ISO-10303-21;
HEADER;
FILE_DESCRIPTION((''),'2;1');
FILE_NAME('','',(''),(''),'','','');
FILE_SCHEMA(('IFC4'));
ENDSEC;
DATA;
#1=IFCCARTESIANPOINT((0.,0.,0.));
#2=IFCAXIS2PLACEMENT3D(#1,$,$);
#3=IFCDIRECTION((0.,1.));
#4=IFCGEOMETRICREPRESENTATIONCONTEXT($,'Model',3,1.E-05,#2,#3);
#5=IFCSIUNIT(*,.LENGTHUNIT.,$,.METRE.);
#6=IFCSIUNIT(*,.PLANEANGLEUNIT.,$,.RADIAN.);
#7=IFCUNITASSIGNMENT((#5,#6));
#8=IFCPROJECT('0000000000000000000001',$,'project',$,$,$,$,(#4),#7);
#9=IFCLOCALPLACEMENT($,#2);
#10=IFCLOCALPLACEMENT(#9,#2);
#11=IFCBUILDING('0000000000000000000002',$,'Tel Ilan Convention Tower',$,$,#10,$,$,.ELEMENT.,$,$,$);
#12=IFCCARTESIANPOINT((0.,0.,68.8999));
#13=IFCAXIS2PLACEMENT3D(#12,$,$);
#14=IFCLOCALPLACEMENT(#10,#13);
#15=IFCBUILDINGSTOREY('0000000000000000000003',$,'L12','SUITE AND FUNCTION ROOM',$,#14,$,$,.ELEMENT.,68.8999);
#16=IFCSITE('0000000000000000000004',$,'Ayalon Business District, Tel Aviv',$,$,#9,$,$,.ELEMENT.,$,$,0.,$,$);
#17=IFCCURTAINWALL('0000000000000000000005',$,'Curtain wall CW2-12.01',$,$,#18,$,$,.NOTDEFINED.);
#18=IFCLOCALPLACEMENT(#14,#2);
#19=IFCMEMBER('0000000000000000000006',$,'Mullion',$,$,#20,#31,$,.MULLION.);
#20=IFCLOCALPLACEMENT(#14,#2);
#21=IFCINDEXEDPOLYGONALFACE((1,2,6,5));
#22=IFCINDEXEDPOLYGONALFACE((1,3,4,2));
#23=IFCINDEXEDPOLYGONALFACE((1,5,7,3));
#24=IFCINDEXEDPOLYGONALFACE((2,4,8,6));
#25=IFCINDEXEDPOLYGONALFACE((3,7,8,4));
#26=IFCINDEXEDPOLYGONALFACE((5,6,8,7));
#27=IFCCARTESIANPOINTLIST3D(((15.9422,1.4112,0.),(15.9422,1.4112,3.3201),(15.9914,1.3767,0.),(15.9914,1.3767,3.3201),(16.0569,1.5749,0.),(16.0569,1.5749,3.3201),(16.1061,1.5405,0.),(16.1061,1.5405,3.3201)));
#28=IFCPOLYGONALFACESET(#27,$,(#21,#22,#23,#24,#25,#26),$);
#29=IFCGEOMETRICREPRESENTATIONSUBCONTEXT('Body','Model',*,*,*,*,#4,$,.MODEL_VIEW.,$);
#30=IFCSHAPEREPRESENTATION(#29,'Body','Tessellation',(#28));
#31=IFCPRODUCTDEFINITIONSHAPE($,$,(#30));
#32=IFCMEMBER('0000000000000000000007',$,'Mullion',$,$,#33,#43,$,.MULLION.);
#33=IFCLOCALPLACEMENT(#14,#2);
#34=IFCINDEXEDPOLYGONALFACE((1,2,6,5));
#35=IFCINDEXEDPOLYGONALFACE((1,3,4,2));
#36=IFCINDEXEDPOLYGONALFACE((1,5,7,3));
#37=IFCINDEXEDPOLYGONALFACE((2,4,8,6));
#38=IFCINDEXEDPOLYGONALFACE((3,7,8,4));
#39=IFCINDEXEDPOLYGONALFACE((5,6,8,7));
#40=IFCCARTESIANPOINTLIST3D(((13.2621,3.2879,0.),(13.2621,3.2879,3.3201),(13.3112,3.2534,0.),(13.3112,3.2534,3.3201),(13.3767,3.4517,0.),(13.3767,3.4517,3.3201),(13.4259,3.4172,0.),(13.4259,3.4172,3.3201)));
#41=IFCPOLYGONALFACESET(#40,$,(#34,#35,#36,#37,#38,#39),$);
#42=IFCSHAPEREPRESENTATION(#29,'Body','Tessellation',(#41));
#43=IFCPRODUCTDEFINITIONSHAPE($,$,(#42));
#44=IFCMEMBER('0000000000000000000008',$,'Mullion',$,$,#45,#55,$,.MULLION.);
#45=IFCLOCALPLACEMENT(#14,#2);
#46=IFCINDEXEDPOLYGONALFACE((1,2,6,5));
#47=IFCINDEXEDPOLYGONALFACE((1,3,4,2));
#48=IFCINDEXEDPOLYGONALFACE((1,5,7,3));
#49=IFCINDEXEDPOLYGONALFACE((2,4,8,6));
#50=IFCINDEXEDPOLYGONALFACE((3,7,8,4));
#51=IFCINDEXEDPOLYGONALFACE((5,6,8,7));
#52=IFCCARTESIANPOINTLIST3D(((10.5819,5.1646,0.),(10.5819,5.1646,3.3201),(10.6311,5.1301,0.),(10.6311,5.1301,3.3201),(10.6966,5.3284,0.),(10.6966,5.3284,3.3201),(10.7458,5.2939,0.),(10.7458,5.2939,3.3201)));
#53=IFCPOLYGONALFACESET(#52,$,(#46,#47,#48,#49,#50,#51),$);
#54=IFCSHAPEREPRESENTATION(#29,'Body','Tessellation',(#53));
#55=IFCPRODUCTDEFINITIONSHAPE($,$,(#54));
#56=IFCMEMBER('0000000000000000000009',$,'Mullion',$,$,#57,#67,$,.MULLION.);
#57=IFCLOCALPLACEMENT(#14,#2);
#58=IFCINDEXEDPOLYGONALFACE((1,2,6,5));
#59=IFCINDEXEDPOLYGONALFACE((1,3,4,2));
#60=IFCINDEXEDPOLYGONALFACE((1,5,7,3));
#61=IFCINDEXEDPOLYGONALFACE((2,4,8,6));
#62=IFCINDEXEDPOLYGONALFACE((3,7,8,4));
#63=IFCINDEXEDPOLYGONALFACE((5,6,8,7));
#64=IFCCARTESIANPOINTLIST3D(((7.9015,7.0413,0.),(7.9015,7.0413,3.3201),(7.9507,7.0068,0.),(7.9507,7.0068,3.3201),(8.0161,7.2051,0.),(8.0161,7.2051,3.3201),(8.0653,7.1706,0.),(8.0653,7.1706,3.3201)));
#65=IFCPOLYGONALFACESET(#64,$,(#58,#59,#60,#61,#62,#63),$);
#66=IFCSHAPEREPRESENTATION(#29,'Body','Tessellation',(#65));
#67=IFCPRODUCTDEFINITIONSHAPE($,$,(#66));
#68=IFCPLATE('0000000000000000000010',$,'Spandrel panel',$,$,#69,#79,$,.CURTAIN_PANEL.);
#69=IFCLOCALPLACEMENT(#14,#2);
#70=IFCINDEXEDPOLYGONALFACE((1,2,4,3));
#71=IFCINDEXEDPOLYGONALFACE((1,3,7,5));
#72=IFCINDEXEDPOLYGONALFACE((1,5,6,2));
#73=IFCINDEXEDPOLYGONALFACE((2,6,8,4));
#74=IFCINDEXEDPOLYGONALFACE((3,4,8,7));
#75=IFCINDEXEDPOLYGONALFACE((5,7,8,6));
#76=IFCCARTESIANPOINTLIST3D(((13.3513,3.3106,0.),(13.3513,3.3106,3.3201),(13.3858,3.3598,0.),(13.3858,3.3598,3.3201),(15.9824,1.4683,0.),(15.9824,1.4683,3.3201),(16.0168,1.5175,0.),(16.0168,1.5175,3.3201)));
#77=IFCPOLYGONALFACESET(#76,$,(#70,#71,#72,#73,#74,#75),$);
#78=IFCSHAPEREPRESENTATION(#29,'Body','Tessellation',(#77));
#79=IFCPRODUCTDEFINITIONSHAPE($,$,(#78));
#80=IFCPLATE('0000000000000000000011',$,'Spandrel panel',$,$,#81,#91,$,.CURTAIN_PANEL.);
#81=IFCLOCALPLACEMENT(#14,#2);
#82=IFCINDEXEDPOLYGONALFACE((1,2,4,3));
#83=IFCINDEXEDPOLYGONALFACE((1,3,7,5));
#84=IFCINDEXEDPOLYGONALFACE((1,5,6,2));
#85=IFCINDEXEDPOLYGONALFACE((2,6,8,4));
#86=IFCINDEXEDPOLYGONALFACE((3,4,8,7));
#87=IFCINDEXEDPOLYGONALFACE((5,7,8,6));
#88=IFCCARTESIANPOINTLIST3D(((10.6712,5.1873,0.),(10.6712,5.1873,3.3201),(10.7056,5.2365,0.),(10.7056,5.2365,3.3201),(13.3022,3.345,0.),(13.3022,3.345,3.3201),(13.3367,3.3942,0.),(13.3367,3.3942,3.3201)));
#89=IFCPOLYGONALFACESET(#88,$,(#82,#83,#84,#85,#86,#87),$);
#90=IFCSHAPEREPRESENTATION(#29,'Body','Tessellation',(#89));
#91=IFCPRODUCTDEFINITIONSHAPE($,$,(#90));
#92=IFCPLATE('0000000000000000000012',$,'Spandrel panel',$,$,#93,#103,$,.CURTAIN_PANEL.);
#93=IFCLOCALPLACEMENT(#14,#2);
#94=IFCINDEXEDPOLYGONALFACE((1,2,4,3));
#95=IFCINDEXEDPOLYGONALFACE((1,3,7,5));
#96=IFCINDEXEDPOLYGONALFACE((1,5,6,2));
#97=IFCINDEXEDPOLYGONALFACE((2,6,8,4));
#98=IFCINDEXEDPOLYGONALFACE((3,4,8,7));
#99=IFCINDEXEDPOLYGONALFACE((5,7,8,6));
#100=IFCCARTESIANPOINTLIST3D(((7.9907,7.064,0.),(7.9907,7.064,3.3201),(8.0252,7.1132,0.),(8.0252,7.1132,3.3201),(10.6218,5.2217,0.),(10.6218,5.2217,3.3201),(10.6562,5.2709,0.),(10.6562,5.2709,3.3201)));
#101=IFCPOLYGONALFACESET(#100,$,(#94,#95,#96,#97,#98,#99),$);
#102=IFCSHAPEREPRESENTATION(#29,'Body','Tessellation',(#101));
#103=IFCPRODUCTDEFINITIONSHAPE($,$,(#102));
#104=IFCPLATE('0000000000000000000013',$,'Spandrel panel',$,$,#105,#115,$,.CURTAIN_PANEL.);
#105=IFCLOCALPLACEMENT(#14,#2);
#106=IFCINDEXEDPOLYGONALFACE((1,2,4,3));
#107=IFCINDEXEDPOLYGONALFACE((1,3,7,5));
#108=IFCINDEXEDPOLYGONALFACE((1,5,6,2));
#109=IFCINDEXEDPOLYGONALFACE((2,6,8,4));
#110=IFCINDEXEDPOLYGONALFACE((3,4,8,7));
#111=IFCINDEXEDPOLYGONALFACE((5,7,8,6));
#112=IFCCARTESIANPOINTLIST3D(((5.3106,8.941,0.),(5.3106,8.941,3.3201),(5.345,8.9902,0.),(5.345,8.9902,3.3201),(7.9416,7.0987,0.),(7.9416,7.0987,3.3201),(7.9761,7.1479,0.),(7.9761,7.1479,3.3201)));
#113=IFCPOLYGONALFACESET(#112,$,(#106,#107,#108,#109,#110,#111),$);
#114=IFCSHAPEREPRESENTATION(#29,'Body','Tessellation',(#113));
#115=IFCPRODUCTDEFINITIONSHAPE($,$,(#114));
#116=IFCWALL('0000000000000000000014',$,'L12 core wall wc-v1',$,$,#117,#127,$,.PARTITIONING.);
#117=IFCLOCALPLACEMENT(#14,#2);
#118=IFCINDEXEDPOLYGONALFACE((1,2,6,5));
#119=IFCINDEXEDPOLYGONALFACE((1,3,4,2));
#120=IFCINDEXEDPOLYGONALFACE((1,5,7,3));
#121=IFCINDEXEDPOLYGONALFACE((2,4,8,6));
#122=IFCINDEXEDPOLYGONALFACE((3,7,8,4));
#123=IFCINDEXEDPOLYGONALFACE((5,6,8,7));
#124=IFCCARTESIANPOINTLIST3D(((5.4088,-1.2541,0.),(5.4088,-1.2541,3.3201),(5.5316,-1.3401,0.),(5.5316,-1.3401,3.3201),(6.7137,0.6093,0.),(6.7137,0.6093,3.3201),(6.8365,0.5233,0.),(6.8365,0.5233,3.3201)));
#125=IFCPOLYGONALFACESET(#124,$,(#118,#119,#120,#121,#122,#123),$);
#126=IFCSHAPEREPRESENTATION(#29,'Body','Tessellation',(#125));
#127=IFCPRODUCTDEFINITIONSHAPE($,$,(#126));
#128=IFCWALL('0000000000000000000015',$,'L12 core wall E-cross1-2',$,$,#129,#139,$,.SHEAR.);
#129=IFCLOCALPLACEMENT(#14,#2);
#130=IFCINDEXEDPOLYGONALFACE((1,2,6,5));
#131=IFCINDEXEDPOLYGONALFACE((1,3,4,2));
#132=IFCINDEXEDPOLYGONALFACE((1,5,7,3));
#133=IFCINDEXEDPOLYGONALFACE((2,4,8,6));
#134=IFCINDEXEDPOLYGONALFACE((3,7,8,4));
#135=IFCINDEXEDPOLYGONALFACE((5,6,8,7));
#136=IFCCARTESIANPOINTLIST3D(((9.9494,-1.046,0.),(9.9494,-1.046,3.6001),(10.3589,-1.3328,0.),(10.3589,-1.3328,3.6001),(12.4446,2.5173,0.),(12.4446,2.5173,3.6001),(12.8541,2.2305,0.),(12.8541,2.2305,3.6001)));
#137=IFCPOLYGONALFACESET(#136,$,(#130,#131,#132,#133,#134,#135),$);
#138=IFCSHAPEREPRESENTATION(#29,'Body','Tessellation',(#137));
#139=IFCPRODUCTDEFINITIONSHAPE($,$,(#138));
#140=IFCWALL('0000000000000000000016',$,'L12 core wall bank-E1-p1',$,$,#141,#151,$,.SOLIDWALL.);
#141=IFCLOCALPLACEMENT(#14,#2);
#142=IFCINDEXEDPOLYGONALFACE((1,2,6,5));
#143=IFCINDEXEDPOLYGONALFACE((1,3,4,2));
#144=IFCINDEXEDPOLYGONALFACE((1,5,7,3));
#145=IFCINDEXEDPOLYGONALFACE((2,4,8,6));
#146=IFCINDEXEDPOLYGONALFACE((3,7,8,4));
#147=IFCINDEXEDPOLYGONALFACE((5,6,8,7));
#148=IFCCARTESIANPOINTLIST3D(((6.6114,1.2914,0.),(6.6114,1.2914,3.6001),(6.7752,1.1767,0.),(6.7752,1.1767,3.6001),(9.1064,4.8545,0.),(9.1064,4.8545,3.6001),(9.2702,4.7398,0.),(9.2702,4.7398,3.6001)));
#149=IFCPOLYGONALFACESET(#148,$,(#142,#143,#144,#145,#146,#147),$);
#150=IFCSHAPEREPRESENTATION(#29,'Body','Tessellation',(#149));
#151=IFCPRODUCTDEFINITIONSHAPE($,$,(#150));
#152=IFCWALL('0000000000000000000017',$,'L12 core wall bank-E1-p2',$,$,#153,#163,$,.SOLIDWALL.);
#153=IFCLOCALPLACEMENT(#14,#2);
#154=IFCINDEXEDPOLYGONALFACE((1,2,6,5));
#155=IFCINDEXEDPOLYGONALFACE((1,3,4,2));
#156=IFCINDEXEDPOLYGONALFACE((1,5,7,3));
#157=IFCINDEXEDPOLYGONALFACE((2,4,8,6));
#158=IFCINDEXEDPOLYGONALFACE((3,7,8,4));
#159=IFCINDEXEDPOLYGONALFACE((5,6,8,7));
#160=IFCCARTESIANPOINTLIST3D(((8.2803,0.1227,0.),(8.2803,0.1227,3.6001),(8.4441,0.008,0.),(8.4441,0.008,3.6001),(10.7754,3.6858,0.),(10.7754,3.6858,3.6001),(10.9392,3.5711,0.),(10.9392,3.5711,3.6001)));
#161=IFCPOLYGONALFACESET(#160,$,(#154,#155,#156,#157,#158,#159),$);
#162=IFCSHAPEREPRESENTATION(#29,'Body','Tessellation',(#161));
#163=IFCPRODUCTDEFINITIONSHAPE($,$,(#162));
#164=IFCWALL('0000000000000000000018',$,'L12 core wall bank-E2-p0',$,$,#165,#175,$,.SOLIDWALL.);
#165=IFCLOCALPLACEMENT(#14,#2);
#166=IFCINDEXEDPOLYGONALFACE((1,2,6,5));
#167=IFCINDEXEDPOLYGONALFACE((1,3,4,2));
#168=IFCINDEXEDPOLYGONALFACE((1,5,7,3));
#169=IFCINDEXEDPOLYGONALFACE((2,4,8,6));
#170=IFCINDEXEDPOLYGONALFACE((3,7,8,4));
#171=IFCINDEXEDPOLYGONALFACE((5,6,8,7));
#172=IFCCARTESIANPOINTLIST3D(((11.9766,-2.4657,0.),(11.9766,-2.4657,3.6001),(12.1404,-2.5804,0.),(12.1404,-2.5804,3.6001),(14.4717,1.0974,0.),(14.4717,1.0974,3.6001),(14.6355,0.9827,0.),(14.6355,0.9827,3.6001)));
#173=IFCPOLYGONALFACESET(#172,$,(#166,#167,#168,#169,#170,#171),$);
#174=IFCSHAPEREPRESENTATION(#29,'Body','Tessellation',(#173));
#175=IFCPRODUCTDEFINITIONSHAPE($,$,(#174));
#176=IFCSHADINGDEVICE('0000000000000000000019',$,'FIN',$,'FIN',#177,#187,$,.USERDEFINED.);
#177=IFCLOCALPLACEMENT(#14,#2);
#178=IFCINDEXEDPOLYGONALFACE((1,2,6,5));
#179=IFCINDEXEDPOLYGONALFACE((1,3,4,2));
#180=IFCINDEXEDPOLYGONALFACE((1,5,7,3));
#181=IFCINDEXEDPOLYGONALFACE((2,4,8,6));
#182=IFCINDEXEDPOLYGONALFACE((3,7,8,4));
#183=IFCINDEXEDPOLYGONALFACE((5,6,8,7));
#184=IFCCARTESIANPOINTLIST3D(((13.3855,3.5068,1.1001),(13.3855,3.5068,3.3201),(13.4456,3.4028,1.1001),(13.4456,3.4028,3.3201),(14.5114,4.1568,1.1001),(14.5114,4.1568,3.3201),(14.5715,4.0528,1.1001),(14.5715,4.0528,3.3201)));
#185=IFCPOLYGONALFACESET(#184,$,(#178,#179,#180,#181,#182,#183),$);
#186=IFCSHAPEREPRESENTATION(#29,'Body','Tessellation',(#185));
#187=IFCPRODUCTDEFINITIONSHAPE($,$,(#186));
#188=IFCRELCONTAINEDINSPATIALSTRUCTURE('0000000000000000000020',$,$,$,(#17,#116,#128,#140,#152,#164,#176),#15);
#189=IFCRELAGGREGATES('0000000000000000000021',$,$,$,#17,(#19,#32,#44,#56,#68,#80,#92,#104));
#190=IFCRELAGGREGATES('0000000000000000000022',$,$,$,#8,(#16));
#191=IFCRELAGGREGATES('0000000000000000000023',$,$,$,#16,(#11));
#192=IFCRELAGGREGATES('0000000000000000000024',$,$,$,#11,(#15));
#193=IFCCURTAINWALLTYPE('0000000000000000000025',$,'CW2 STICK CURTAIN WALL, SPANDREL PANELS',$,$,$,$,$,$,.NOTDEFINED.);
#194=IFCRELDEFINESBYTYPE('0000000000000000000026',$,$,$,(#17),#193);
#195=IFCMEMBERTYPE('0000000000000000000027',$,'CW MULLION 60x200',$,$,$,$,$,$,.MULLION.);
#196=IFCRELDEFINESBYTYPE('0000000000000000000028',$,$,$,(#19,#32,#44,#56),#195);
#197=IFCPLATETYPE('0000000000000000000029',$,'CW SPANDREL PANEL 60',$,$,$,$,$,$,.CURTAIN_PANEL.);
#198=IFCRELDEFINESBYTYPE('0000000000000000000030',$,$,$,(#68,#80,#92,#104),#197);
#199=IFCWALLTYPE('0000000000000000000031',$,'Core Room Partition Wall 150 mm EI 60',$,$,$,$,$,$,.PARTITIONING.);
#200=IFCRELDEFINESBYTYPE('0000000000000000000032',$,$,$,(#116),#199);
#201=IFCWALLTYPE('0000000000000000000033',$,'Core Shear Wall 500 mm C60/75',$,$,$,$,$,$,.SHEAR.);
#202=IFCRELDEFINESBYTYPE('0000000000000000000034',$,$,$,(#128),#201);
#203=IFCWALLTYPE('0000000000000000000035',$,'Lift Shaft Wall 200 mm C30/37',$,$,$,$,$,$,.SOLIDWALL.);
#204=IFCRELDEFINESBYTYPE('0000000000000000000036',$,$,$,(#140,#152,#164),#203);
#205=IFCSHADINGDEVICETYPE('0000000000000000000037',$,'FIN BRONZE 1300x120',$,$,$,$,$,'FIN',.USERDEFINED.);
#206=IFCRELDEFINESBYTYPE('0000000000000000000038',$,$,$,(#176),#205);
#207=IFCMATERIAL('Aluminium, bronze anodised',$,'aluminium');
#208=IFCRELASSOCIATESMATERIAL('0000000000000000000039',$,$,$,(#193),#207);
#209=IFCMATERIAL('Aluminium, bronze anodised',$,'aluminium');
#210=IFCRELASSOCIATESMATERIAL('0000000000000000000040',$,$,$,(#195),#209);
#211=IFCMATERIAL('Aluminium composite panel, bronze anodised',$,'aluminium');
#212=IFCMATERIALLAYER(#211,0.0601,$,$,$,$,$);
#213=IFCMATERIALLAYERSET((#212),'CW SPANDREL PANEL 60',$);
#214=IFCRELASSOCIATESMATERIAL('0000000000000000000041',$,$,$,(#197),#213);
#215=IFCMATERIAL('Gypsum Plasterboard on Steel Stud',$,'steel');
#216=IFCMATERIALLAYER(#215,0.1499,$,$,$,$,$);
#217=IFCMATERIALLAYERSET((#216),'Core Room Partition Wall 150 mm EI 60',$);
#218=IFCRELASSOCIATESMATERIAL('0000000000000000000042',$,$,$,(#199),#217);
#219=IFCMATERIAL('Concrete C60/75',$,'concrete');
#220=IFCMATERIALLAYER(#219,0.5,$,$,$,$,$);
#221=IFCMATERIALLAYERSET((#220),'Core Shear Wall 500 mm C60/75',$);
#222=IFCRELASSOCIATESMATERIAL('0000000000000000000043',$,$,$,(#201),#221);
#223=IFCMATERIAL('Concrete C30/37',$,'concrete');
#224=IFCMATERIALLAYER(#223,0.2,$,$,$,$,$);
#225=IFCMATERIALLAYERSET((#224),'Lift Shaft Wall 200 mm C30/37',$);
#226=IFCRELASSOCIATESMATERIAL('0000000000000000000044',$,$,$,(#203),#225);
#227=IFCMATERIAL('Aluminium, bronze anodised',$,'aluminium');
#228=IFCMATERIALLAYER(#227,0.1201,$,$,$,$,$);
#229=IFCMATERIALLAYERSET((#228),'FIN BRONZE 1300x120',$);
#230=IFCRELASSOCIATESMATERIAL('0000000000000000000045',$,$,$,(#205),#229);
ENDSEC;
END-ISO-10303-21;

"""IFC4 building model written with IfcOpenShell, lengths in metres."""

from ifc_helpers import new_model, si_unit, direction, frame, frame_2d, origin, origin_2d, place, context, subcontext, project, spatial, polyline, rectangle, outline, extrude, material, layer, layer_set, material_profile, profile_set, type_object, element, aggregate, save


model = new_model("IFC4")

# Units and contexts
model_context = context("Model", 3, precision=1e-05, world=origin(), true_north=direction((0.0, 1.0)))
body_context = subcontext(model_context, "Body", "Model", "MODEL_VIEW")
ifc_project = project(units=[si_unit("LENGTHUNIT", "METRE"), si_unit("PLANEANGLEUNIT", "RADIAN")], contexts=[model_context])

# Site, building, storey
site_placement = place(None, origin())
site = spatial("IfcSite", under=ifc_project, at=site_placement, Name="Ayalon Business District, Tel Aviv", CompositionType="ELEMENT", RefElevation=0.0)
building_placement = place(site_placement, origin())
building = spatial("IfcBuilding", under=site, at=building_placement, Name="Tel Ilan Convention Tower", CompositionType="ELEMENT")
storey_placement = place(building_placement, frame((0.0, 0.0, 68.8999)))
storey = spatial("IfcBuildingStorey", under=building, at=storey_placement, Name="L12", Description="SUITE AND FUNCTION ROOM", CompositionType="ELEMENT", Elevation=68.8999)

# Curtain wall, members, plates
ifc_material_1 = material(Name="Aluminium, bronze anodised", Category="aluminium")
curtain_wall_type = type_object("IfcCurtainWallType", Name="CW2 STICK CURTAIN WALL, SPANDREL PANELS", PredefinedType="NOTDEFINED", material=ifc_material_1)
curtain_wall_placement = place(storey_placement, origin())
curtain_wall = element("IfcCurtainWall", 1, at=curtain_wall_placement, inside=storey, type_object=curtain_wall_type, Name="Curtain wall CW2-12.01", PredefinedType="NOTDEFINED")
ifc_material_2 = material(Name="Aluminium, bronze anodised", Category="aluminium")
ifc_material_profile = material_profile(ifc_material_2, rectangle(XDim=0.0601, YDim=0.2, at=origin_2d()), Name="CW MULLION 60x200")
ifc_profile_set = profile_set([ifc_material_profile], Name="Aluminium, bronze anodised")
member_type = type_object("IfcMemberType", Name="CW MULLION 60x200", PredefinedType="MULLION", material=ifc_profile_set)
member_1_placement = place(storey_placement, frame((16.0242, 1.4758, 0.0), z_axis=(0.0, 0.0, 1.0), x_axis=(-0.819152, 0.573576, 0.0)))
member_1 = element("IfcMember", 2, at=member_1_placement, type_object=member_type, Name="Mullion", PredefinedType="MULLION", context=body_context, shape_type="SweptSolid", body=[
    extrude(rectangle(XDim=0.0601, YDim=0.2, at=origin_2d()), origin(), (0.0, 0.0, 1.0), 3.3201),
])
member_2_placement = place(storey_placement, frame((13.344, 3.3525, 0.0), z_axis=(0.0, 0.0, 1.0), x_axis=(-0.819152, 0.573576, 0.0)))
member_2 = element("IfcMember", 3, at=member_2_placement, type_object=member_type, Name="Mullion", PredefinedType="MULLION", context=body_context, shape_type="SweptSolid", body=[
    extrude(rectangle(XDim=0.0601, YDim=0.2, at=origin_2d()), origin(), (0.0, 0.0, 1.0), 3.3201),
])
member_3_placement = place(storey_placement, frame((10.6638, 5.2292, 0.0), z_axis=(0.0, 0.0, 1.0), x_axis=(-0.819152, 0.573576, 0.0)))
member_3 = element("IfcMember", 4, at=member_3_placement, type_object=member_type, Name="Mullion", PredefinedType="MULLION", context=body_context, shape_type="SweptSolid", body=[
    extrude(rectangle(XDim=0.0601, YDim=0.2, at=origin_2d()), origin(), (0.0, 0.0, 1.0), 3.3201),
])
member_4_placement = place(storey_placement, frame((7.9834, 7.106, 0.0), z_axis=(0.0, 0.0, 1.0), x_axis=(-0.819152, 0.573576, 0.0)))
member_4 = element("IfcMember", 5, at=member_4_placement, type_object=member_type, Name="Mullion", PredefinedType="MULLION", context=body_context, shape_type="SweptSolid", body=[
    extrude(rectangle(XDim=0.0601, YDim=0.2, at=origin_2d()), origin(), (0.0, 0.0, 1.0), 3.3201),
])
ifc_material_3 = material(Name="Aluminium composite panel, bronze anodised", Category="aluminium")
ifc_layer_1 = layer(ifc_material_3, 0.0601)
ifc_layer_set_1 = layer_set([ifc_layer_1], Name="CW SPANDREL PANEL 60")
plate_type = type_object("IfcPlateType", Name="CW SPANDREL PANEL 60", PredefinedType="CURTAIN_PANEL", material=ifc_layer_set_1)
plate_1_placement = place(storey_placement, frame((14.6841, 2.4141, 0.0), z_axis=(0.0, 0.0, 1.0), x_axis=(-0.819152, 0.573576, 0.0)))
plate_1 = element("IfcPlate", 6, at=plate_1_placement, type_object=plate_type, Name="Spandrel panel", PredefinedType="CURTAIN_PANEL", context=body_context, shape_type="SweptSolid", body=[
    extrude(rectangle(XDim=3.2119, YDim=0.0601, at=origin_2d()), origin(), (0.0, 0.0, 1.0), 3.3201),
])
plate_2_placement = place(storey_placement, frame((12.0039, 4.2908, 0.0), z_axis=(0.0, 0.0, 1.0), x_axis=(-0.819152, 0.573576, 0.0)))
plate_2 = element("IfcPlate", 7, at=plate_2_placement, type_object=plate_type, Name="Spandrel panel", PredefinedType="CURTAIN_PANEL", context=body_context, shape_type="SweptSolid", body=[
    extrude(rectangle(XDim=3.2119, YDim=0.0601, at=origin_2d()), origin(), (0.0, 0.0, 1.0), 3.3201),
])
plate_3_placement = place(storey_placement, frame((9.3235, 6.1675, 0.0), z_axis=(0.0, 0.0, 1.0), x_axis=(-0.819152, 0.573576, 0.0)))
plate_3 = element("IfcPlate", 8, at=plate_3_placement, type_object=plate_type, Name="Spandrel panel", PredefinedType="CURTAIN_PANEL", context=body_context, shape_type="SweptSolid", body=[
    extrude(rectangle(XDim=3.2119, YDim=0.0601, at=origin_2d()), origin(), (0.0, 0.0, 1.0), 3.3201),
])
plate_4_placement = place(storey_placement, frame((6.6433, 8.0444, 0.0), z_axis=(0.0, 0.0, 1.0), x_axis=(-0.819152, 0.573576, 0.0)))
plate_4 = element("IfcPlate", 9, at=plate_4_placement, type_object=plate_type, Name="Spandrel panel", PredefinedType="CURTAIN_PANEL", context=body_context, shape_type="SweptSolid", body=[
    extrude(rectangle(XDim=3.2119, YDim=0.0601, at=origin_2d()), origin(), (0.0, 0.0, 1.0), 3.3201),
])
aggregate(curtain_wall, [member_1, member_2, member_3, member_4, plate_1, plate_2, plate_3, plate_4])

# Walls
ifc_material_4 = material(Name="Gypsum Plasterboard on Steel Stud", Category="steel")
ifc_layer_2 = layer(ifc_material_4, 0.1499)
ifc_layer_set_2 = layer_set([ifc_layer_2], Name="Core Room Partition Wall 150 mm EI 60")
wall_type_1 = type_object("IfcWallType", Name="Core Room Partition Wall 150 mm EI 60", PredefinedType="PARTITIONING", material=ifc_layer_set_2)
wall_1_placement = place(storey_placement, frame((5.4702, -1.2971, 0.0), z_axis=(0.0, 0.0, 1.0), x_axis=(0.573599, 0.819136, 0.0)))
element("IfcWall", 10, at=wall_1_placement, inside=storey, type_object=wall_type_1, Name="L12 core wall wc-v1", PredefinedType="PARTITIONING", context=body_context, shape_type="SweptSolid", body=[
    extrude(rectangle(XDim=2.2749, YDim=0.1499, at=frame_2d((1.1375, 0.0))), origin(), (0.0, 0.0, 1.0), 3.3201),
])
ifc_material_5 = material(Name="Concrete C60/75", Category="concrete")
ifc_layer_3 = layer(ifc_material_5, 0.5)
ifc_layer_set_3 = layer_set([ifc_layer_3], Name="Core Shear Wall 500 mm C60/75")
wall_type_2 = type_object("IfcWallType", Name="Core Shear Wall 500 mm C60/75", PredefinedType="SHEAR", material=ifc_layer_set_3)
wall_2_placement = place(storey_placement, frame((10.1543, -1.1892, 0.0), z_axis=(0.0, 0.0, 1.0), x_axis=(0.573594, 0.81914, 0.0)))
element("IfcWall", 11, at=wall_2_placement, inside=storey, type_object=wall_type_2, Name="L12 core wall E-cross1-2", PredefinedType="SHEAR", context=body_context, shape_type="SweptSolid", body=[
    extrude(outline(polyline([(4.3499, -0.25), (4.3499, 0.25), (-0.0002, 0.25), (-0.0002, -0.25), (4.3499, -0.25)])), origin(), (0.0, 0.0, 1.0), 3.6001),
])
ifc_material_6 = material(Name="Concrete C30/37", Category="concrete")
ifc_layer_4 = layer(ifc_material_6, 0.2)
ifc_layer_set_4 = layer_set([ifc_layer_4], Name="Lift Shaft Wall 200 mm C30/37")
wall_type_3 = type_object("IfcWallType", Name="Lift Shaft Wall 200 mm C30/37", PredefinedType="SOLIDWALL", material=ifc_layer_set_4)
for number, where, z_axis, x_axis, name in (
    (12, (6.6934, 1.2341, 0.0), (0.0, 0.0, 1.0), (0.573594, 0.81914, 0.0), "L12 core wall bank-E1-p1"),
    (13, (8.3623, 0.0654, 0.0), (0.0, 0.0, 1.0), (0.573594, 0.81914, 0.0), "L12 core wall bank-E1-p2"),
    (14, (12.0586, -2.5229, 0.0), (0.0, 0.0, 1.0), (0.573594, 0.81914, 0.0), "L12 core wall bank-E2-p0"),
):
    element("IfcWall", number, at=place(storey_placement, frame(where, z_axis=z_axis, x_axis=x_axis)), inside=storey, type_object=wall_type_3, Name=name, PredefinedType="SOLIDWALL", context=body_context, shape_type="SweptSolid", body=[
        extrude(rectangle(XDim=4.3499, YDim=0.2, at=frame_2d((2.1748, 0.0))), origin(), (0.0, 0.0, 1.0), 3.6001),
    ])

# Shading device
ifc_material_7 = material(Name="Aluminium, bronze anodised", Category="aluminium")
ifc_layer_5 = layer(ifc_material_7, 0.1201)
ifc_layer_set_5 = layer_set([ifc_layer_5], Name="FIN BRONZE 1300x120")
shading_device_type = type_object("IfcShadingDeviceType", Name="FIN BRONZE 1300x120", ElementType="FIN", PredefinedType="USERDEFINED", material=ifc_layer_set_5)
for number, where, z_axis, x_axis, name in (
    (15, (13.9785, 3.7798, 1.1001), (0.0, 0.0, 1.0), (0.866025, 0.5, 0.0), "FIN"),
):
    element("IfcShadingDevice", number, at=place(storey_placement, frame(where, z_axis=z_axis, x_axis=x_axis)), inside=storey, type_object=shading_device_type, Name=name, ObjectType="FIN", PredefinedType="USERDEFINED", context=body_context, shape_type="SweptSolid", body=[
        extrude(rectangle(XDim=1.3, YDim=0.1201, at=origin_2d()), origin(), (0.0, 0.0, 1.0), 2.22),
    ])

save(model, "model.ifc")
